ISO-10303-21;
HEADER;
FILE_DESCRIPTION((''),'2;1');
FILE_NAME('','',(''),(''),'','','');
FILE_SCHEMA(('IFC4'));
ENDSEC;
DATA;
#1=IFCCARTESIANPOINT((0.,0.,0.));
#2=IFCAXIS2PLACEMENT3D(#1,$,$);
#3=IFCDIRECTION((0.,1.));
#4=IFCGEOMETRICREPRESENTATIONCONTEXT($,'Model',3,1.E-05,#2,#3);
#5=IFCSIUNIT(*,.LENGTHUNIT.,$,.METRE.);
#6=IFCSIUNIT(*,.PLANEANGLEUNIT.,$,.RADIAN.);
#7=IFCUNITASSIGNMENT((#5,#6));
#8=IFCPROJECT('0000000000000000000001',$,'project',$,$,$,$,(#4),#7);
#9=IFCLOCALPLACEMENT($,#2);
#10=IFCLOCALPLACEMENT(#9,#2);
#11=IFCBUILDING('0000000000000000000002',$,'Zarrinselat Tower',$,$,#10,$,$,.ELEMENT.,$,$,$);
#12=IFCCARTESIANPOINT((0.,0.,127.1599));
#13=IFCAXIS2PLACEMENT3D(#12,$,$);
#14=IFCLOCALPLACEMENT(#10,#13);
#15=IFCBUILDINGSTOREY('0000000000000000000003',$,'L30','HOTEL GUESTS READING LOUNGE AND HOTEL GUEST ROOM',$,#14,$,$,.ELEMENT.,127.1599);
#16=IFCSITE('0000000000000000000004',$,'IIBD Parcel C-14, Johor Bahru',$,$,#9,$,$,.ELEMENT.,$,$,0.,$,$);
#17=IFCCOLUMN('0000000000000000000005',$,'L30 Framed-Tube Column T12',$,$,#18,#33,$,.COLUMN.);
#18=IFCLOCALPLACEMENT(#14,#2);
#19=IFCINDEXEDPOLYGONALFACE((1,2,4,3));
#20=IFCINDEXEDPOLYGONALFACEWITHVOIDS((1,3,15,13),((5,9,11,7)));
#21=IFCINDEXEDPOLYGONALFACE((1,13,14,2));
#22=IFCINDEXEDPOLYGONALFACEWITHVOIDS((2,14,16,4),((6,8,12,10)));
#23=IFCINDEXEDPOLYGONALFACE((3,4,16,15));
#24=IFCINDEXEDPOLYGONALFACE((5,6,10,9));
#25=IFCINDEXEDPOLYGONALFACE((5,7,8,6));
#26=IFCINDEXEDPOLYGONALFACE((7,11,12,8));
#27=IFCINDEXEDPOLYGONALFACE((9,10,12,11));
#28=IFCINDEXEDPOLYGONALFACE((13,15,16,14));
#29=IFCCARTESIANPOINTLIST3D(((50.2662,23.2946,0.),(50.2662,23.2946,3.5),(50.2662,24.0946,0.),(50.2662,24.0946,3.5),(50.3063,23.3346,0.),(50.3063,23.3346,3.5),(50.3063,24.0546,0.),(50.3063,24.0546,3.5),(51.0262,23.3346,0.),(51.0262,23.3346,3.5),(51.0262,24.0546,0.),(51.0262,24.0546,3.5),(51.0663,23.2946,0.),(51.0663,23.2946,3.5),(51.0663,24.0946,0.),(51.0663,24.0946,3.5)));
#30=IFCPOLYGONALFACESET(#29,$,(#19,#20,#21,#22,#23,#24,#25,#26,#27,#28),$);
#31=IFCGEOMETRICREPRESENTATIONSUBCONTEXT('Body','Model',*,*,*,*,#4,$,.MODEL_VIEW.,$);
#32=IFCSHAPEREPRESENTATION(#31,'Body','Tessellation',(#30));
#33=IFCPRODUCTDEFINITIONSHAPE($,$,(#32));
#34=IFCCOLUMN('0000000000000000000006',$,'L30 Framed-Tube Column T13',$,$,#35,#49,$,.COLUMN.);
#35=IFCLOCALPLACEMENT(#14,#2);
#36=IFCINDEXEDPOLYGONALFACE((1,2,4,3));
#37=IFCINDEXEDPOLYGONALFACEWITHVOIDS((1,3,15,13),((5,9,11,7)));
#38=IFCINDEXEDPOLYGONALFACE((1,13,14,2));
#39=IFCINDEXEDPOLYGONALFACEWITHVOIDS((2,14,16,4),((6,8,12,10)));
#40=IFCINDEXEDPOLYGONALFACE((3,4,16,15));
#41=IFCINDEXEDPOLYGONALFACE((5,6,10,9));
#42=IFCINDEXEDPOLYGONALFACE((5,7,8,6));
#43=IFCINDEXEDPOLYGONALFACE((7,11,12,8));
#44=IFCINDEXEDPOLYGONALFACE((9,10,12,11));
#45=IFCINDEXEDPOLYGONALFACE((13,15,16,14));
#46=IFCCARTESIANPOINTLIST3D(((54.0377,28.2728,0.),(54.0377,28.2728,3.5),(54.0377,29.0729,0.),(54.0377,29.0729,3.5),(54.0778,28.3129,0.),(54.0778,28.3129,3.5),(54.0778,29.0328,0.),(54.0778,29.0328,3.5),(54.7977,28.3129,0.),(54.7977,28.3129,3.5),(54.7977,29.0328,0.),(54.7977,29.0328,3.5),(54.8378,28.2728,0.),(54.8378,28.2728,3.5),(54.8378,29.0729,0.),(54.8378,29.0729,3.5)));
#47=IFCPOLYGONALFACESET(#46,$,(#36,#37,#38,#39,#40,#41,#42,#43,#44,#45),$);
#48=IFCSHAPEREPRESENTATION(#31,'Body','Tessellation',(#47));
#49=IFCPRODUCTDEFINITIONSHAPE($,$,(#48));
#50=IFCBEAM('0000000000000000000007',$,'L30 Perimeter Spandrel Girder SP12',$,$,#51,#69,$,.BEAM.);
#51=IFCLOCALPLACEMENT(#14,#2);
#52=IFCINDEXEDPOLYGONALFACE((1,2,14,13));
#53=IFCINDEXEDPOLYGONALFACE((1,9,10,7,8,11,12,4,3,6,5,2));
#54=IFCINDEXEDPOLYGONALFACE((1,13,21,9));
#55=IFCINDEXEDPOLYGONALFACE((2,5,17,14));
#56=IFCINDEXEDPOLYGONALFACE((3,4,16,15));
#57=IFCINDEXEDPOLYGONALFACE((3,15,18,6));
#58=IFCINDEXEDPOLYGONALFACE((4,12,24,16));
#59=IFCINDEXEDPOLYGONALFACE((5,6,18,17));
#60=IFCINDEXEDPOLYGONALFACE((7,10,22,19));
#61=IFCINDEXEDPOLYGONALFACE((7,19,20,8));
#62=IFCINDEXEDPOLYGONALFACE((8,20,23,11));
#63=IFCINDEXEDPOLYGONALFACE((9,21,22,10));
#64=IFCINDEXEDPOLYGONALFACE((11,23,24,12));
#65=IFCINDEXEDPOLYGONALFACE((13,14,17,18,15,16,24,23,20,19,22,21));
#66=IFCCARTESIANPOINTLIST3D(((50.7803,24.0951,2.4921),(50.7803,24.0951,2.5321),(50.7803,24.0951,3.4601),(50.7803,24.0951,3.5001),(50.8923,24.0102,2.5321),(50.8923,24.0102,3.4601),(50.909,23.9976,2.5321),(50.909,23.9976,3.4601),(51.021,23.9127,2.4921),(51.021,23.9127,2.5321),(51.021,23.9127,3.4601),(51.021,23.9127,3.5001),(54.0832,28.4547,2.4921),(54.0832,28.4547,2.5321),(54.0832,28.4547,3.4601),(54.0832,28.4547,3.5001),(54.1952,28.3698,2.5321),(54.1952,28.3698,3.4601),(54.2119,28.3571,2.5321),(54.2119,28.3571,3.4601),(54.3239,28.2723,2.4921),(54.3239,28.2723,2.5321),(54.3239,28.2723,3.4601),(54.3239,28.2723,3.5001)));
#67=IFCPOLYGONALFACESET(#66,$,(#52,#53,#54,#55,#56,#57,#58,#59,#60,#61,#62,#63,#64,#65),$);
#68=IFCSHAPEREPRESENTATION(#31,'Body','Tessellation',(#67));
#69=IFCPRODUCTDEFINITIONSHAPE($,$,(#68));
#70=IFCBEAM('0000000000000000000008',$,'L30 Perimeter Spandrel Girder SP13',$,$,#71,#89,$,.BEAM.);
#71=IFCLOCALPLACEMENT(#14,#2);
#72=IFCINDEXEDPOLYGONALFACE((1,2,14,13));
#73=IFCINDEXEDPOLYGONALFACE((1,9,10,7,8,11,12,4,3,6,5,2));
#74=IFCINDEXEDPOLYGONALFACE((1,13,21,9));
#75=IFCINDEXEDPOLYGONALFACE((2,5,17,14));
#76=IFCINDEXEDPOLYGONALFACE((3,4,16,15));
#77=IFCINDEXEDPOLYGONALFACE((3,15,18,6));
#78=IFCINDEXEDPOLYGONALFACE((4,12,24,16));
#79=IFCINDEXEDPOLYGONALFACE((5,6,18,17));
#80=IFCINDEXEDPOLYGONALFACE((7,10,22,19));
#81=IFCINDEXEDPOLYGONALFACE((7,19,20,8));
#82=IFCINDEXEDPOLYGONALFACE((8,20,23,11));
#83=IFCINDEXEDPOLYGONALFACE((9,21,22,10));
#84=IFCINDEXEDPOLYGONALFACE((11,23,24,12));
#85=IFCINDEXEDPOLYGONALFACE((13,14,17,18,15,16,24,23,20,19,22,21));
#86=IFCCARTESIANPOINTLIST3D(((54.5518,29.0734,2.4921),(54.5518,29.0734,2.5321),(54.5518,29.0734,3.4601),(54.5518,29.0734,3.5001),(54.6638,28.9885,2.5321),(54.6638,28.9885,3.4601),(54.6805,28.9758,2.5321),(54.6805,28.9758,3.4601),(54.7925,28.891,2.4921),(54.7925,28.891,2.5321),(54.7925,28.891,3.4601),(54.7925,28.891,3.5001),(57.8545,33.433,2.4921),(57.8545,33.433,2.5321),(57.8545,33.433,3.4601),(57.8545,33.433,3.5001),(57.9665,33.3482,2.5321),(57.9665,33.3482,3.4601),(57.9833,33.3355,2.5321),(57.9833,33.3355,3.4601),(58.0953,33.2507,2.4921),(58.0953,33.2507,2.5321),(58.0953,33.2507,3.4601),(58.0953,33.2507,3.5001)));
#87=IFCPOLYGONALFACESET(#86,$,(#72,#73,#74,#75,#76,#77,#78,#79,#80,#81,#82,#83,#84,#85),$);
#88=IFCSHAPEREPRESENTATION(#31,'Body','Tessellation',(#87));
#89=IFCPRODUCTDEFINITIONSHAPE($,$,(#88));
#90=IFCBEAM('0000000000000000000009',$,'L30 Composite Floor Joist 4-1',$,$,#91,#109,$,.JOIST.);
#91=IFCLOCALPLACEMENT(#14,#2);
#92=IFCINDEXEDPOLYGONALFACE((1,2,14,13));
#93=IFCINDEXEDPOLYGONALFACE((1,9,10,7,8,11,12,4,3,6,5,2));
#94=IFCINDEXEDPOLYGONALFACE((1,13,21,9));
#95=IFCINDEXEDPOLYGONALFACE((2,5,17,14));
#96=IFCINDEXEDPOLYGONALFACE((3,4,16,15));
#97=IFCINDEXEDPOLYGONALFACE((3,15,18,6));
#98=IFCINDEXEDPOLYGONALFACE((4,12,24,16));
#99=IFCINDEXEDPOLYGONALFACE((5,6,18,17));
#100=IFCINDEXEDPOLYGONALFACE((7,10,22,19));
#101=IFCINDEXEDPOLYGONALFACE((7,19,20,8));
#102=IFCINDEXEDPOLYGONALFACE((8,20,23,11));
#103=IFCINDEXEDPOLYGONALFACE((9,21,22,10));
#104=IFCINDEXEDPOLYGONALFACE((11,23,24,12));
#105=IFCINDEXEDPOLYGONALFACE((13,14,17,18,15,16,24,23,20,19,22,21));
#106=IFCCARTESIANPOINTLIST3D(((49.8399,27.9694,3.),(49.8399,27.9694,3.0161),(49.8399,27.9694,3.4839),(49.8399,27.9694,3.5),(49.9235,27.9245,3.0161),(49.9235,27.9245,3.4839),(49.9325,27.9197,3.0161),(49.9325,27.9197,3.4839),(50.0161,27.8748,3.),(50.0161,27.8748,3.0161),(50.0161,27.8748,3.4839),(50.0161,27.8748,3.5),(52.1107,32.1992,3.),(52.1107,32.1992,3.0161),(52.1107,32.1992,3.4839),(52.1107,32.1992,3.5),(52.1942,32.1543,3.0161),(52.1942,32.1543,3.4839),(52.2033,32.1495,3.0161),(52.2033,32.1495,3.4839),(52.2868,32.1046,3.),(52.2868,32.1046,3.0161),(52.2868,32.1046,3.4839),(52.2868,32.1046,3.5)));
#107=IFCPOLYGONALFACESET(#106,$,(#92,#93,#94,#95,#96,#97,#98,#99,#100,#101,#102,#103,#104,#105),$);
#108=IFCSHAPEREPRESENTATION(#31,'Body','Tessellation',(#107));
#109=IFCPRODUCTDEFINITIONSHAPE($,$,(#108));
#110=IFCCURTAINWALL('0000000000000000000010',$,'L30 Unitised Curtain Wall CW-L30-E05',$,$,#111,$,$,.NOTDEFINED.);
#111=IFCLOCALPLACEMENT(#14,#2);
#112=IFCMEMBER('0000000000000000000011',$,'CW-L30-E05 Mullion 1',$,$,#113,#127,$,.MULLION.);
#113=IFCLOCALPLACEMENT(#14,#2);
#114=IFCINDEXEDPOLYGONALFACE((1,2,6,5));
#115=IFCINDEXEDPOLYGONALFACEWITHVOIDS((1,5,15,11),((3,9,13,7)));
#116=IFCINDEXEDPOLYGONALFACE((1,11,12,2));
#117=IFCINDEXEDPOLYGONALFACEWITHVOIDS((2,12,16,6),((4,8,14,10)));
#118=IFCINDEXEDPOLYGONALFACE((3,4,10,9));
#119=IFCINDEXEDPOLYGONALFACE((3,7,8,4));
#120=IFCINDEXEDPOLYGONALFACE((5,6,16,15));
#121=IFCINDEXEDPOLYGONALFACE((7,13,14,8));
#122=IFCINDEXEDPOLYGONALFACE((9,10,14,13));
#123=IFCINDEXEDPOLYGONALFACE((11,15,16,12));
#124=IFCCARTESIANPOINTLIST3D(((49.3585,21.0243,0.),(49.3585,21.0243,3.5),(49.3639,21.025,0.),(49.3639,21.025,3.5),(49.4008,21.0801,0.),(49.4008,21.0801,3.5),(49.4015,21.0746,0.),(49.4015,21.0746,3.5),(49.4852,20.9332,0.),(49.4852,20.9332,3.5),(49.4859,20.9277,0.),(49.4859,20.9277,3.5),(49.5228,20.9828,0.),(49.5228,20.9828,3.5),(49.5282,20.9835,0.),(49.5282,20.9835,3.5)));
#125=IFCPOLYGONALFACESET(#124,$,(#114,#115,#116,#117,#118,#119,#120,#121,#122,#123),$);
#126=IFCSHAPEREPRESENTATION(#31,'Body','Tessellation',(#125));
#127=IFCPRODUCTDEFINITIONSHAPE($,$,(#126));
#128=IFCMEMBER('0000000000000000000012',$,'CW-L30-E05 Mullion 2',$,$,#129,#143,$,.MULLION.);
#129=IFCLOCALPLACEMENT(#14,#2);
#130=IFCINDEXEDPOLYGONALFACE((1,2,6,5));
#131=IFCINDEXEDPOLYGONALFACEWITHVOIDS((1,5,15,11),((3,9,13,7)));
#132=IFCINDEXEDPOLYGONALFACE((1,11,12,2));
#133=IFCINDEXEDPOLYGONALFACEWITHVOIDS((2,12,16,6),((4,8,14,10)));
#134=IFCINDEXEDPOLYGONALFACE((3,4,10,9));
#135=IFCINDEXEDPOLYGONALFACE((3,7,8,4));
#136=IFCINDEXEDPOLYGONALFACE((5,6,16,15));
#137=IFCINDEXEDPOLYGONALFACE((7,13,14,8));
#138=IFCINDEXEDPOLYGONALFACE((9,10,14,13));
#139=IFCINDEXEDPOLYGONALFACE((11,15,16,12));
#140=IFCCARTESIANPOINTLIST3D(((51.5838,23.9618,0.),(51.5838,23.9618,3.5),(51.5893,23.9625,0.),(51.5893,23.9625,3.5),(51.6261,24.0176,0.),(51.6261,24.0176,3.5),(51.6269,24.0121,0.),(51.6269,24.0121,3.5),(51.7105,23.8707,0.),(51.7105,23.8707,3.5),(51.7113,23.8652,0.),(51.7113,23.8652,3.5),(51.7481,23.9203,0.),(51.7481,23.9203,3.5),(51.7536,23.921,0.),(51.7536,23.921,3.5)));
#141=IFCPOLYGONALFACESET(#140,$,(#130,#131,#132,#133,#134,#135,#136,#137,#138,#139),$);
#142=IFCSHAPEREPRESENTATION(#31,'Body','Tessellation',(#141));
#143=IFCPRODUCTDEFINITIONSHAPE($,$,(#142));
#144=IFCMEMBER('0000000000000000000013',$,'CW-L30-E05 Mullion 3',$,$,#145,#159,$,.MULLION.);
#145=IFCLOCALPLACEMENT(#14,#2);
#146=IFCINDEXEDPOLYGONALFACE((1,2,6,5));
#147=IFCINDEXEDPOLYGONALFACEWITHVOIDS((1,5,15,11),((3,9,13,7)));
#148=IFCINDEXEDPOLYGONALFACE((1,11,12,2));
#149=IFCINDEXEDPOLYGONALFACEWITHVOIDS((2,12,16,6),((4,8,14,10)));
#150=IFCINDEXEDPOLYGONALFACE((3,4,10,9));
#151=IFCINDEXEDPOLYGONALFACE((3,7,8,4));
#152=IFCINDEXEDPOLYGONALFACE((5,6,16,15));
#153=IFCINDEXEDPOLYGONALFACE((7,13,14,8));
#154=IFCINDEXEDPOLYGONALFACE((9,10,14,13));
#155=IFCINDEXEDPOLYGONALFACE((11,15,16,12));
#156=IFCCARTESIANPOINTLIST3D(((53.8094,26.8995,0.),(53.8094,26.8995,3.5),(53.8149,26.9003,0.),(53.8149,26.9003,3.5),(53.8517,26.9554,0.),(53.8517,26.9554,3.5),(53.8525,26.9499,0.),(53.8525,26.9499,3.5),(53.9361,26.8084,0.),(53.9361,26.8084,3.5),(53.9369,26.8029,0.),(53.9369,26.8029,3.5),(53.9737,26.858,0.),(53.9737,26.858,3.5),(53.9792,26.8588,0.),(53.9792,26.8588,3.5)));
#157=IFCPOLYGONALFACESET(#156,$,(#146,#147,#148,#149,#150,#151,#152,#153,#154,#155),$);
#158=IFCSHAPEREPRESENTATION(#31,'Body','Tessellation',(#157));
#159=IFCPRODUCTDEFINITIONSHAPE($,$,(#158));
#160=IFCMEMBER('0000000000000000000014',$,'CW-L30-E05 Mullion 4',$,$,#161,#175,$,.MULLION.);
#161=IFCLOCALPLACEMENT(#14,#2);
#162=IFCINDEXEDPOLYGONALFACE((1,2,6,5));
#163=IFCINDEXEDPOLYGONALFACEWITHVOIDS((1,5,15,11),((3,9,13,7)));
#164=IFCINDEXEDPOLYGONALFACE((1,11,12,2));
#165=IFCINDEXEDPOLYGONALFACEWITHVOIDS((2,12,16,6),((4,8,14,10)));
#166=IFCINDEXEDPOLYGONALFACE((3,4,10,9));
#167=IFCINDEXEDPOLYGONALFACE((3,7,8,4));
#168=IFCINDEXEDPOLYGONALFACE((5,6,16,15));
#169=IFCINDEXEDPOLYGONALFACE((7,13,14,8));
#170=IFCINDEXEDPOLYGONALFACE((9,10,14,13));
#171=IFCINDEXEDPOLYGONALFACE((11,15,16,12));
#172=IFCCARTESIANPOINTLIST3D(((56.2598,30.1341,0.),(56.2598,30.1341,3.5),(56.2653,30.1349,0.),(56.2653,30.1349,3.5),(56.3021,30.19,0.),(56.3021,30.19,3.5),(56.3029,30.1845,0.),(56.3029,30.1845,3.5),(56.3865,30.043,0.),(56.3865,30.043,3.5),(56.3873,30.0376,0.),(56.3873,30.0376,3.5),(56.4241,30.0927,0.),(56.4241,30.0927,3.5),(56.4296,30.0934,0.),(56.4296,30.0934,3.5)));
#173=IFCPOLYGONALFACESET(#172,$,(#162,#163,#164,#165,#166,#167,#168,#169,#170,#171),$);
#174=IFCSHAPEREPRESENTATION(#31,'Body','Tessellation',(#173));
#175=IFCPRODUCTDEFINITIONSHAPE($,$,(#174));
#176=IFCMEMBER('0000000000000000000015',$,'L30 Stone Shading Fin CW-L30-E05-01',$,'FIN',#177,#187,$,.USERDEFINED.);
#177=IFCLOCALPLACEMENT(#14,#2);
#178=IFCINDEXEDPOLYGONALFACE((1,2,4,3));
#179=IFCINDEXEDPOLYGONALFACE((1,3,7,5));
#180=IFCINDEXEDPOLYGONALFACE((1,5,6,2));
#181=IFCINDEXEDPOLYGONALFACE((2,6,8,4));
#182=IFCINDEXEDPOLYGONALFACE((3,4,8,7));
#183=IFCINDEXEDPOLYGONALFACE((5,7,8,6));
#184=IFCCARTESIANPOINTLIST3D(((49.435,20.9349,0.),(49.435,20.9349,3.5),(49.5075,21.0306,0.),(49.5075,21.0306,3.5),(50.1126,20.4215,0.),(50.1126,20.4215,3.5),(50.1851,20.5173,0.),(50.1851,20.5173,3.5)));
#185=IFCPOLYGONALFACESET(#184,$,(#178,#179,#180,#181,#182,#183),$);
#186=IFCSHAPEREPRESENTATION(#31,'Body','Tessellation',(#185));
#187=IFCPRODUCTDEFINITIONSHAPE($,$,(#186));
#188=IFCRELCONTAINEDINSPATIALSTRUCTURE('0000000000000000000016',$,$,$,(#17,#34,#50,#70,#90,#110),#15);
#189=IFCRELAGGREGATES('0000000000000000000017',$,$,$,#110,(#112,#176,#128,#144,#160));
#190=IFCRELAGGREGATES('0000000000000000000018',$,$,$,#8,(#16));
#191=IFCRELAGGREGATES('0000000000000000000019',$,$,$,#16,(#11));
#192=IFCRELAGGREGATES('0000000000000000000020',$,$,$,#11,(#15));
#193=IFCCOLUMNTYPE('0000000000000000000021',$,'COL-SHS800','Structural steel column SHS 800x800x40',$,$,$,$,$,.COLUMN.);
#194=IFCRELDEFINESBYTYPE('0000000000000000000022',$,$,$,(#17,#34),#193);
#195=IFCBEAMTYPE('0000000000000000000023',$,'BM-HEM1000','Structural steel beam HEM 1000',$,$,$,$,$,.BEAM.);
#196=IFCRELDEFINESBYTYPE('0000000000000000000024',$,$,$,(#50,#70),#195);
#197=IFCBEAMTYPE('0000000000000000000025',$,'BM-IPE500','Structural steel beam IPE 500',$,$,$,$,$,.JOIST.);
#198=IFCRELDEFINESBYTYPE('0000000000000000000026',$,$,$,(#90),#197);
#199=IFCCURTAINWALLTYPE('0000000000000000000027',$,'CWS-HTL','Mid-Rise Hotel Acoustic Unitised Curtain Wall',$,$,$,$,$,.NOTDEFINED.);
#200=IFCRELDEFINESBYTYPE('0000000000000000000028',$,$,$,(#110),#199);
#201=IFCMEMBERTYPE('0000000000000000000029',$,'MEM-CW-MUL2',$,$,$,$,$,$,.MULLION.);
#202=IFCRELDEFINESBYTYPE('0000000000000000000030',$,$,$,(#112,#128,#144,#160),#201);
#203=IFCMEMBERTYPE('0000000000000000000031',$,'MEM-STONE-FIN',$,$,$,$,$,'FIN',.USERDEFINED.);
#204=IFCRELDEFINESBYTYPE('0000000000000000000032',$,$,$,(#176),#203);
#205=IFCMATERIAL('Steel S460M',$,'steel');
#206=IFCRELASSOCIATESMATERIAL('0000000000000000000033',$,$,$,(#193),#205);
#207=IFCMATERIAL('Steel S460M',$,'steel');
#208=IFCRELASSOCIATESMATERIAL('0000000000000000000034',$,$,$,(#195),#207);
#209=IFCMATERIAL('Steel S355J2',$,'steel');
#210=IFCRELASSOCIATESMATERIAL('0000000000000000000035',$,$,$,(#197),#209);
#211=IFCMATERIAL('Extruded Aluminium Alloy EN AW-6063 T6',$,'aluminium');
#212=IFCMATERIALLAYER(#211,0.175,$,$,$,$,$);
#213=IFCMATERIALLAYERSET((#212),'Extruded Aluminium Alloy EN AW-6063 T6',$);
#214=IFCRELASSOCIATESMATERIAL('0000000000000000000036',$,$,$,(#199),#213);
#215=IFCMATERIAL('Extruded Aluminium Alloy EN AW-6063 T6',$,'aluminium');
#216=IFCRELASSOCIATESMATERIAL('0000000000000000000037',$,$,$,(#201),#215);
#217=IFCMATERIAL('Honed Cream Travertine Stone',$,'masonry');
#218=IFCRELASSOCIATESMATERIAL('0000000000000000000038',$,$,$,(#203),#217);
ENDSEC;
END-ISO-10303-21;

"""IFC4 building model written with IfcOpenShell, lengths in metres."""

from ifc_helpers import new_model, si_unit, direction, frame, origin, origin_2d, place, context, subcontext, project, spatial, rectangle, hollow_rectangle, i_section, extrude, material, layer, layer_set, material_profile, profile_set, type_object, element, aggregate, save


model = new_model("IFC4")

# Units and contexts
model_context = context("Model", 3, precision=1e-05, world=origin(), true_north=direction((0.0, 1.0)))
body_context = subcontext(model_context, "Body", "Model", "MODEL_VIEW")
ifc_project = project(units=[si_unit("LENGTHUNIT", "METRE"), si_unit("PLANEANGLEUNIT", "RADIAN")], contexts=[model_context])

# Site, building, storey
site_placement = place(None, origin())
site = spatial("IfcSite", under=ifc_project, at=site_placement, Name="IIBD Parcel C-14, Johor Bahru", CompositionType="ELEMENT", RefElevation=0.0)
building_placement = place(site_placement, origin())
building = spatial("IfcBuilding", under=site, at=building_placement, Name="Zarrinselat Tower", CompositionType="ELEMENT")
storey_placement = place(building_placement, frame((0.0, 0.0, 127.1599)))
storey = spatial("IfcBuildingStorey", under=building, at=storey_placement, Name="L30", Description="HOTEL GUESTS READING LOUNGE AND HOTEL GUEST ROOM", CompositionType="ELEMENT", Elevation=127.1599)

# Columns
ifc_material_1 = material(Name="Steel S460M", Category="steel")
ifc_material_profile_1 = material_profile(ifc_material_1, hollow_rectangle(XDim=0.8, YDim=0.8, WallThickness=0.04, at=origin_2d()), Name="SHS 800x800x40")
ifc_profile_set_1 = profile_set([ifc_material_profile_1], Name="Steel S460M")
column_type = type_object("IfcColumnType", Name="COL-SHS800", Description="Structural steel column SHS 800x800x40", PredefinedType="COLUMN", material=ifc_profile_set_1)
for number, where, z_axis, x_axis, name in (
    (1, (50.6663, 23.6946, 0.0), (0.0, 0.0, 1.0), (1.0, 0.0, 0.0), "L30 Framed-Tube Column T12"),
    (2, (54.4377, 28.6729, 0.0), (0.0, 0.0, 1.0), (1.0, 0.0, 0.0), "L30 Framed-Tube Column T13"),
):
    element("IfcColumn", number, at=place(storey_placement, frame(where, z_axis=z_axis, x_axis=x_axis)), inside=storey, type_object=column_type, Name=name, PredefinedType="COLUMN", context=body_context, shape_type="SweptSolid", body=[
        extrude(hollow_rectangle(XDim=0.8, YDim=0.8, WallThickness=0.04, at=origin_2d()), origin(), (0.0, 0.0, 1.0), 3.5),
    ])

# Beams
ifc_material_2 = material(Name="Steel S460M", Category="steel")
ifc_material_profile_2 = material_profile(ifc_material_2, i_section(OverallWidth=0.302, OverallDepth=1.0081, WebThickness=0.021, FlangeThickness=0.04, at=origin_2d()), Name="HEM 1000")
ifc_profile_set_2 = profile_set([ifc_material_profile_2], Name="Steel S460M")
beam_type_1 = type_object("IfcBeamType", Name="BM-HEM1000", Description="Structural steel beam HEM 1000", PredefinedType="BEAM", material=ifc_profile_set_2)
for number, where, z_axis, x_axis, name in (
    (3, (50.9006, 24.0039, 2.9961), (0.603885, 0.797071, 0.0), (-0.797071, 0.603885, 0.0), "L30 Perimeter Spandrel Girder SP12"),
    (4, (54.6721, 28.9822, 2.9961), (0.603857, 0.797093, 0.0), (-0.797093, 0.603857, 0.0), "L30 Perimeter Spandrel Girder SP13"),
):
    element("IfcBeam", number, at=place(storey_placement, frame(where, z_axis=z_axis, x_axis=x_axis)), inside=storey, type_object=beam_type_1, Name=name, PredefinedType="BEAM", context=body_context, shape_type="SweptSolid", body=[
        extrude(i_section(OverallWidth=0.302, OverallDepth=1.0081, WebThickness=0.021, FlangeThickness=0.04, at=origin_2d()), origin(), (0.0, 0.0, 1.0), 5.4695),
    ])
ifc_material_3 = material(Name="Steel S355J2", Category="steel")
ifc_material_profile_3 = material_profile(ifc_material_3, i_section(OverallWidth=0.2, OverallDepth=0.5, WebThickness=0.0103, FlangeThickness=0.0161, at=origin_2d()), Name="IPE 500")
ifc_profile_set_3 = profile_set([ifc_material_profile_3], Name="Steel S355J2")
beam_type_2 = type_object("IfcBeamType", Name="BM-IPE500", Description="Structural steel beam IPE 500", PredefinedType="JOIST", material=ifc_profile_set_3)
beam_placement = place(storey_placement, frame((49.928, 27.9221, 3.25), z_axis=(0.473002, 0.881062, 0.0), x_axis=(-0.881062, 0.473002, 0.0)))
element("IfcBeam", 5, at=beam_placement, inside=storey, type_object=beam_type_2, Name="L30 Composite Floor Joist 4-1", PredefinedType="JOIST", context=body_context, shape_type="SweptSolid", body=[
    extrude(i_section(OverallWidth=0.2, OverallDepth=0.5, WebThickness=0.0103, FlangeThickness=0.0161, at=origin_2d()), origin(), (0.0, 0.0, 1.0), 4.8008),
])

# Curtain wall, members
ifc_material_4 = material(Name="Extruded Aluminium Alloy EN AW-6063 T6", Category="aluminium")
ifc_layer_1 = layer(ifc_material_4, 0.175)
ifc_layer_set_1 = layer_set([ifc_layer_1], Name="Extruded Aluminium Alloy EN AW-6063 T6")
curtain_wall_type = type_object("IfcCurtainWallType", Name="CWS-HTL", Description="Mid-Rise Hotel Acoustic Unitised Curtain Wall", PredefinedType="NOTDEFINED", material=ifc_layer_set_1)
curtain_wall_placement = place(storey_placement, origin())
curtain_wall = element("IfcCurtainWall", 6, at=curtain_wall_placement, inside=storey, type_object=curtain_wall_type, Name="L30 Unitised Curtain Wall CW-L30-E05", PredefinedType="NOTDEFINED")
ifc_material_5 = material(Name="Extruded Aluminium Alloy EN AW-6063 T6", Category="aluminium")
ifc_material_profile_4 = material_profile(ifc_material_5, hollow_rectangle(XDim=0.0701, YDim=0.1599, WallThickness=0.0039, at=origin_2d()), Name="RHS 160x70x4")
ifc_profile_set_4 = profile_set([ifc_material_profile_4], Name="Extruded Aluminium Alloy EN AW-6063 T6")
member_type_1 = type_object("IfcMemberType", Name="MEM-CW-MUL2", PredefinedType="MULLION", material=ifc_profile_set_4)
member_1_placement = place(storey_placement, frame((49.4434, 21.0039, 0.0), z_axis=(0.0, 0.0, 1.0), x_axis=(0.603858, 0.797092, 0.0)))
member_1 = element("IfcMember", 7, at=member_1_placement, type_object=member_type_1, Name="CW-L30-E05 Mullion 1", PredefinedType="MULLION", context=body_context, shape_type="SweptSolid", body=[
    extrude(hollow_rectangle(XDim=0.0701, YDim=0.1599, WallThickness=0.0039, at=origin_2d()), origin(), (0.0, 0.0, 1.0), 3.5),
])
member_2_placement = place(storey_placement, frame((51.6687, 23.9414, 0.0), z_axis=(0.0, 0.0, 1.0), x_axis=(0.603858, 0.797092, 0.0)))
member_2 = element("IfcMember", 8, at=member_2_placement, type_object=member_type_1, Name="CW-L30-E05 Mullion 2", PredefinedType="MULLION", context=body_context, shape_type="SweptSolid", body=[
    extrude(hollow_rectangle(XDim=0.0701, YDim=0.1599, WallThickness=0.0039, at=origin_2d()), origin(), (0.0, 0.0, 1.0), 3.5),
])
member_3_placement = place(storey_placement, frame((53.8943, 26.8792, 0.0), z_axis=(0.0, 0.0, 1.0), x_axis=(0.603858, 0.797092, 0.0)))
member_3 = element("IfcMember", 9, at=member_3_placement, type_object=member_type_1, Name="CW-L30-E05 Mullion 3", PredefinedType="MULLION", context=body_context, shape_type="SweptSolid", body=[
    extrude(hollow_rectangle(XDim=0.0701, YDim=0.1599, WallThickness=0.0039, at=origin_2d()), origin(), (0.0, 0.0, 1.0), 3.5),
])
member_4_placement = place(storey_placement, frame((56.3447, 30.1138, 0.0), z_axis=(0.0, 0.0, 1.0), x_axis=(0.603858, 0.797092, 0.0)))
member_4 = element("IfcMember", 10, at=member_4_placement, type_object=member_type_1, Name="CW-L30-E05 Mullion 4", PredefinedType="MULLION", context=body_context, shape_type="SweptSolid", body=[
    extrude(hollow_rectangle(XDim=0.0701, YDim=0.1599, WallThickness=0.0039, at=origin_2d()), origin(), (0.0, 0.0, 1.0), 3.5),
])
ifc_material_6 = material(Name="Honed Cream Travertine Stone", Category="masonry")
ifc_material_profile_5 = material_profile(ifc_material_6, rectangle(XDim=0.1201, YDim=0.8501, at=origin_2d()), Name="FIN 850x120")
ifc_profile_set_5 = profile_set([ifc_material_profile_5], Name="Honed Cream Travertine Stone")
member_type_2 = type_object("IfcMemberType", Name="MEM-STONE-FIN", ElementType="FIN", PredefinedType="USERDEFINED", material=ifc_profile_set_5)
member_5_placement = place(storey_placement, frame((49.8101, 20.7261, 0.0), z_axis=(0.0, 0.0, 1.0), x_axis=(-0.603858, -0.797092, 0.0)))
member_5 = element("IfcMember", 11, at=member_5_placement, type_object=member_type_2, Name="L30 Stone Shading Fin CW-L30-E05-01", ObjectType="FIN", PredefinedType="USERDEFINED", context=body_context, shape_type="SweptSolid", body=[
    extrude(rectangle(XDim=0.1201, YDim=0.8501, at=origin_2d()), origin(), (0.0, 0.0, 1.0), 3.5),
])
aggregate(curtain_wall, [member_1, member_5, member_2, member_3, member_4])

save(model, "model.ifc")
